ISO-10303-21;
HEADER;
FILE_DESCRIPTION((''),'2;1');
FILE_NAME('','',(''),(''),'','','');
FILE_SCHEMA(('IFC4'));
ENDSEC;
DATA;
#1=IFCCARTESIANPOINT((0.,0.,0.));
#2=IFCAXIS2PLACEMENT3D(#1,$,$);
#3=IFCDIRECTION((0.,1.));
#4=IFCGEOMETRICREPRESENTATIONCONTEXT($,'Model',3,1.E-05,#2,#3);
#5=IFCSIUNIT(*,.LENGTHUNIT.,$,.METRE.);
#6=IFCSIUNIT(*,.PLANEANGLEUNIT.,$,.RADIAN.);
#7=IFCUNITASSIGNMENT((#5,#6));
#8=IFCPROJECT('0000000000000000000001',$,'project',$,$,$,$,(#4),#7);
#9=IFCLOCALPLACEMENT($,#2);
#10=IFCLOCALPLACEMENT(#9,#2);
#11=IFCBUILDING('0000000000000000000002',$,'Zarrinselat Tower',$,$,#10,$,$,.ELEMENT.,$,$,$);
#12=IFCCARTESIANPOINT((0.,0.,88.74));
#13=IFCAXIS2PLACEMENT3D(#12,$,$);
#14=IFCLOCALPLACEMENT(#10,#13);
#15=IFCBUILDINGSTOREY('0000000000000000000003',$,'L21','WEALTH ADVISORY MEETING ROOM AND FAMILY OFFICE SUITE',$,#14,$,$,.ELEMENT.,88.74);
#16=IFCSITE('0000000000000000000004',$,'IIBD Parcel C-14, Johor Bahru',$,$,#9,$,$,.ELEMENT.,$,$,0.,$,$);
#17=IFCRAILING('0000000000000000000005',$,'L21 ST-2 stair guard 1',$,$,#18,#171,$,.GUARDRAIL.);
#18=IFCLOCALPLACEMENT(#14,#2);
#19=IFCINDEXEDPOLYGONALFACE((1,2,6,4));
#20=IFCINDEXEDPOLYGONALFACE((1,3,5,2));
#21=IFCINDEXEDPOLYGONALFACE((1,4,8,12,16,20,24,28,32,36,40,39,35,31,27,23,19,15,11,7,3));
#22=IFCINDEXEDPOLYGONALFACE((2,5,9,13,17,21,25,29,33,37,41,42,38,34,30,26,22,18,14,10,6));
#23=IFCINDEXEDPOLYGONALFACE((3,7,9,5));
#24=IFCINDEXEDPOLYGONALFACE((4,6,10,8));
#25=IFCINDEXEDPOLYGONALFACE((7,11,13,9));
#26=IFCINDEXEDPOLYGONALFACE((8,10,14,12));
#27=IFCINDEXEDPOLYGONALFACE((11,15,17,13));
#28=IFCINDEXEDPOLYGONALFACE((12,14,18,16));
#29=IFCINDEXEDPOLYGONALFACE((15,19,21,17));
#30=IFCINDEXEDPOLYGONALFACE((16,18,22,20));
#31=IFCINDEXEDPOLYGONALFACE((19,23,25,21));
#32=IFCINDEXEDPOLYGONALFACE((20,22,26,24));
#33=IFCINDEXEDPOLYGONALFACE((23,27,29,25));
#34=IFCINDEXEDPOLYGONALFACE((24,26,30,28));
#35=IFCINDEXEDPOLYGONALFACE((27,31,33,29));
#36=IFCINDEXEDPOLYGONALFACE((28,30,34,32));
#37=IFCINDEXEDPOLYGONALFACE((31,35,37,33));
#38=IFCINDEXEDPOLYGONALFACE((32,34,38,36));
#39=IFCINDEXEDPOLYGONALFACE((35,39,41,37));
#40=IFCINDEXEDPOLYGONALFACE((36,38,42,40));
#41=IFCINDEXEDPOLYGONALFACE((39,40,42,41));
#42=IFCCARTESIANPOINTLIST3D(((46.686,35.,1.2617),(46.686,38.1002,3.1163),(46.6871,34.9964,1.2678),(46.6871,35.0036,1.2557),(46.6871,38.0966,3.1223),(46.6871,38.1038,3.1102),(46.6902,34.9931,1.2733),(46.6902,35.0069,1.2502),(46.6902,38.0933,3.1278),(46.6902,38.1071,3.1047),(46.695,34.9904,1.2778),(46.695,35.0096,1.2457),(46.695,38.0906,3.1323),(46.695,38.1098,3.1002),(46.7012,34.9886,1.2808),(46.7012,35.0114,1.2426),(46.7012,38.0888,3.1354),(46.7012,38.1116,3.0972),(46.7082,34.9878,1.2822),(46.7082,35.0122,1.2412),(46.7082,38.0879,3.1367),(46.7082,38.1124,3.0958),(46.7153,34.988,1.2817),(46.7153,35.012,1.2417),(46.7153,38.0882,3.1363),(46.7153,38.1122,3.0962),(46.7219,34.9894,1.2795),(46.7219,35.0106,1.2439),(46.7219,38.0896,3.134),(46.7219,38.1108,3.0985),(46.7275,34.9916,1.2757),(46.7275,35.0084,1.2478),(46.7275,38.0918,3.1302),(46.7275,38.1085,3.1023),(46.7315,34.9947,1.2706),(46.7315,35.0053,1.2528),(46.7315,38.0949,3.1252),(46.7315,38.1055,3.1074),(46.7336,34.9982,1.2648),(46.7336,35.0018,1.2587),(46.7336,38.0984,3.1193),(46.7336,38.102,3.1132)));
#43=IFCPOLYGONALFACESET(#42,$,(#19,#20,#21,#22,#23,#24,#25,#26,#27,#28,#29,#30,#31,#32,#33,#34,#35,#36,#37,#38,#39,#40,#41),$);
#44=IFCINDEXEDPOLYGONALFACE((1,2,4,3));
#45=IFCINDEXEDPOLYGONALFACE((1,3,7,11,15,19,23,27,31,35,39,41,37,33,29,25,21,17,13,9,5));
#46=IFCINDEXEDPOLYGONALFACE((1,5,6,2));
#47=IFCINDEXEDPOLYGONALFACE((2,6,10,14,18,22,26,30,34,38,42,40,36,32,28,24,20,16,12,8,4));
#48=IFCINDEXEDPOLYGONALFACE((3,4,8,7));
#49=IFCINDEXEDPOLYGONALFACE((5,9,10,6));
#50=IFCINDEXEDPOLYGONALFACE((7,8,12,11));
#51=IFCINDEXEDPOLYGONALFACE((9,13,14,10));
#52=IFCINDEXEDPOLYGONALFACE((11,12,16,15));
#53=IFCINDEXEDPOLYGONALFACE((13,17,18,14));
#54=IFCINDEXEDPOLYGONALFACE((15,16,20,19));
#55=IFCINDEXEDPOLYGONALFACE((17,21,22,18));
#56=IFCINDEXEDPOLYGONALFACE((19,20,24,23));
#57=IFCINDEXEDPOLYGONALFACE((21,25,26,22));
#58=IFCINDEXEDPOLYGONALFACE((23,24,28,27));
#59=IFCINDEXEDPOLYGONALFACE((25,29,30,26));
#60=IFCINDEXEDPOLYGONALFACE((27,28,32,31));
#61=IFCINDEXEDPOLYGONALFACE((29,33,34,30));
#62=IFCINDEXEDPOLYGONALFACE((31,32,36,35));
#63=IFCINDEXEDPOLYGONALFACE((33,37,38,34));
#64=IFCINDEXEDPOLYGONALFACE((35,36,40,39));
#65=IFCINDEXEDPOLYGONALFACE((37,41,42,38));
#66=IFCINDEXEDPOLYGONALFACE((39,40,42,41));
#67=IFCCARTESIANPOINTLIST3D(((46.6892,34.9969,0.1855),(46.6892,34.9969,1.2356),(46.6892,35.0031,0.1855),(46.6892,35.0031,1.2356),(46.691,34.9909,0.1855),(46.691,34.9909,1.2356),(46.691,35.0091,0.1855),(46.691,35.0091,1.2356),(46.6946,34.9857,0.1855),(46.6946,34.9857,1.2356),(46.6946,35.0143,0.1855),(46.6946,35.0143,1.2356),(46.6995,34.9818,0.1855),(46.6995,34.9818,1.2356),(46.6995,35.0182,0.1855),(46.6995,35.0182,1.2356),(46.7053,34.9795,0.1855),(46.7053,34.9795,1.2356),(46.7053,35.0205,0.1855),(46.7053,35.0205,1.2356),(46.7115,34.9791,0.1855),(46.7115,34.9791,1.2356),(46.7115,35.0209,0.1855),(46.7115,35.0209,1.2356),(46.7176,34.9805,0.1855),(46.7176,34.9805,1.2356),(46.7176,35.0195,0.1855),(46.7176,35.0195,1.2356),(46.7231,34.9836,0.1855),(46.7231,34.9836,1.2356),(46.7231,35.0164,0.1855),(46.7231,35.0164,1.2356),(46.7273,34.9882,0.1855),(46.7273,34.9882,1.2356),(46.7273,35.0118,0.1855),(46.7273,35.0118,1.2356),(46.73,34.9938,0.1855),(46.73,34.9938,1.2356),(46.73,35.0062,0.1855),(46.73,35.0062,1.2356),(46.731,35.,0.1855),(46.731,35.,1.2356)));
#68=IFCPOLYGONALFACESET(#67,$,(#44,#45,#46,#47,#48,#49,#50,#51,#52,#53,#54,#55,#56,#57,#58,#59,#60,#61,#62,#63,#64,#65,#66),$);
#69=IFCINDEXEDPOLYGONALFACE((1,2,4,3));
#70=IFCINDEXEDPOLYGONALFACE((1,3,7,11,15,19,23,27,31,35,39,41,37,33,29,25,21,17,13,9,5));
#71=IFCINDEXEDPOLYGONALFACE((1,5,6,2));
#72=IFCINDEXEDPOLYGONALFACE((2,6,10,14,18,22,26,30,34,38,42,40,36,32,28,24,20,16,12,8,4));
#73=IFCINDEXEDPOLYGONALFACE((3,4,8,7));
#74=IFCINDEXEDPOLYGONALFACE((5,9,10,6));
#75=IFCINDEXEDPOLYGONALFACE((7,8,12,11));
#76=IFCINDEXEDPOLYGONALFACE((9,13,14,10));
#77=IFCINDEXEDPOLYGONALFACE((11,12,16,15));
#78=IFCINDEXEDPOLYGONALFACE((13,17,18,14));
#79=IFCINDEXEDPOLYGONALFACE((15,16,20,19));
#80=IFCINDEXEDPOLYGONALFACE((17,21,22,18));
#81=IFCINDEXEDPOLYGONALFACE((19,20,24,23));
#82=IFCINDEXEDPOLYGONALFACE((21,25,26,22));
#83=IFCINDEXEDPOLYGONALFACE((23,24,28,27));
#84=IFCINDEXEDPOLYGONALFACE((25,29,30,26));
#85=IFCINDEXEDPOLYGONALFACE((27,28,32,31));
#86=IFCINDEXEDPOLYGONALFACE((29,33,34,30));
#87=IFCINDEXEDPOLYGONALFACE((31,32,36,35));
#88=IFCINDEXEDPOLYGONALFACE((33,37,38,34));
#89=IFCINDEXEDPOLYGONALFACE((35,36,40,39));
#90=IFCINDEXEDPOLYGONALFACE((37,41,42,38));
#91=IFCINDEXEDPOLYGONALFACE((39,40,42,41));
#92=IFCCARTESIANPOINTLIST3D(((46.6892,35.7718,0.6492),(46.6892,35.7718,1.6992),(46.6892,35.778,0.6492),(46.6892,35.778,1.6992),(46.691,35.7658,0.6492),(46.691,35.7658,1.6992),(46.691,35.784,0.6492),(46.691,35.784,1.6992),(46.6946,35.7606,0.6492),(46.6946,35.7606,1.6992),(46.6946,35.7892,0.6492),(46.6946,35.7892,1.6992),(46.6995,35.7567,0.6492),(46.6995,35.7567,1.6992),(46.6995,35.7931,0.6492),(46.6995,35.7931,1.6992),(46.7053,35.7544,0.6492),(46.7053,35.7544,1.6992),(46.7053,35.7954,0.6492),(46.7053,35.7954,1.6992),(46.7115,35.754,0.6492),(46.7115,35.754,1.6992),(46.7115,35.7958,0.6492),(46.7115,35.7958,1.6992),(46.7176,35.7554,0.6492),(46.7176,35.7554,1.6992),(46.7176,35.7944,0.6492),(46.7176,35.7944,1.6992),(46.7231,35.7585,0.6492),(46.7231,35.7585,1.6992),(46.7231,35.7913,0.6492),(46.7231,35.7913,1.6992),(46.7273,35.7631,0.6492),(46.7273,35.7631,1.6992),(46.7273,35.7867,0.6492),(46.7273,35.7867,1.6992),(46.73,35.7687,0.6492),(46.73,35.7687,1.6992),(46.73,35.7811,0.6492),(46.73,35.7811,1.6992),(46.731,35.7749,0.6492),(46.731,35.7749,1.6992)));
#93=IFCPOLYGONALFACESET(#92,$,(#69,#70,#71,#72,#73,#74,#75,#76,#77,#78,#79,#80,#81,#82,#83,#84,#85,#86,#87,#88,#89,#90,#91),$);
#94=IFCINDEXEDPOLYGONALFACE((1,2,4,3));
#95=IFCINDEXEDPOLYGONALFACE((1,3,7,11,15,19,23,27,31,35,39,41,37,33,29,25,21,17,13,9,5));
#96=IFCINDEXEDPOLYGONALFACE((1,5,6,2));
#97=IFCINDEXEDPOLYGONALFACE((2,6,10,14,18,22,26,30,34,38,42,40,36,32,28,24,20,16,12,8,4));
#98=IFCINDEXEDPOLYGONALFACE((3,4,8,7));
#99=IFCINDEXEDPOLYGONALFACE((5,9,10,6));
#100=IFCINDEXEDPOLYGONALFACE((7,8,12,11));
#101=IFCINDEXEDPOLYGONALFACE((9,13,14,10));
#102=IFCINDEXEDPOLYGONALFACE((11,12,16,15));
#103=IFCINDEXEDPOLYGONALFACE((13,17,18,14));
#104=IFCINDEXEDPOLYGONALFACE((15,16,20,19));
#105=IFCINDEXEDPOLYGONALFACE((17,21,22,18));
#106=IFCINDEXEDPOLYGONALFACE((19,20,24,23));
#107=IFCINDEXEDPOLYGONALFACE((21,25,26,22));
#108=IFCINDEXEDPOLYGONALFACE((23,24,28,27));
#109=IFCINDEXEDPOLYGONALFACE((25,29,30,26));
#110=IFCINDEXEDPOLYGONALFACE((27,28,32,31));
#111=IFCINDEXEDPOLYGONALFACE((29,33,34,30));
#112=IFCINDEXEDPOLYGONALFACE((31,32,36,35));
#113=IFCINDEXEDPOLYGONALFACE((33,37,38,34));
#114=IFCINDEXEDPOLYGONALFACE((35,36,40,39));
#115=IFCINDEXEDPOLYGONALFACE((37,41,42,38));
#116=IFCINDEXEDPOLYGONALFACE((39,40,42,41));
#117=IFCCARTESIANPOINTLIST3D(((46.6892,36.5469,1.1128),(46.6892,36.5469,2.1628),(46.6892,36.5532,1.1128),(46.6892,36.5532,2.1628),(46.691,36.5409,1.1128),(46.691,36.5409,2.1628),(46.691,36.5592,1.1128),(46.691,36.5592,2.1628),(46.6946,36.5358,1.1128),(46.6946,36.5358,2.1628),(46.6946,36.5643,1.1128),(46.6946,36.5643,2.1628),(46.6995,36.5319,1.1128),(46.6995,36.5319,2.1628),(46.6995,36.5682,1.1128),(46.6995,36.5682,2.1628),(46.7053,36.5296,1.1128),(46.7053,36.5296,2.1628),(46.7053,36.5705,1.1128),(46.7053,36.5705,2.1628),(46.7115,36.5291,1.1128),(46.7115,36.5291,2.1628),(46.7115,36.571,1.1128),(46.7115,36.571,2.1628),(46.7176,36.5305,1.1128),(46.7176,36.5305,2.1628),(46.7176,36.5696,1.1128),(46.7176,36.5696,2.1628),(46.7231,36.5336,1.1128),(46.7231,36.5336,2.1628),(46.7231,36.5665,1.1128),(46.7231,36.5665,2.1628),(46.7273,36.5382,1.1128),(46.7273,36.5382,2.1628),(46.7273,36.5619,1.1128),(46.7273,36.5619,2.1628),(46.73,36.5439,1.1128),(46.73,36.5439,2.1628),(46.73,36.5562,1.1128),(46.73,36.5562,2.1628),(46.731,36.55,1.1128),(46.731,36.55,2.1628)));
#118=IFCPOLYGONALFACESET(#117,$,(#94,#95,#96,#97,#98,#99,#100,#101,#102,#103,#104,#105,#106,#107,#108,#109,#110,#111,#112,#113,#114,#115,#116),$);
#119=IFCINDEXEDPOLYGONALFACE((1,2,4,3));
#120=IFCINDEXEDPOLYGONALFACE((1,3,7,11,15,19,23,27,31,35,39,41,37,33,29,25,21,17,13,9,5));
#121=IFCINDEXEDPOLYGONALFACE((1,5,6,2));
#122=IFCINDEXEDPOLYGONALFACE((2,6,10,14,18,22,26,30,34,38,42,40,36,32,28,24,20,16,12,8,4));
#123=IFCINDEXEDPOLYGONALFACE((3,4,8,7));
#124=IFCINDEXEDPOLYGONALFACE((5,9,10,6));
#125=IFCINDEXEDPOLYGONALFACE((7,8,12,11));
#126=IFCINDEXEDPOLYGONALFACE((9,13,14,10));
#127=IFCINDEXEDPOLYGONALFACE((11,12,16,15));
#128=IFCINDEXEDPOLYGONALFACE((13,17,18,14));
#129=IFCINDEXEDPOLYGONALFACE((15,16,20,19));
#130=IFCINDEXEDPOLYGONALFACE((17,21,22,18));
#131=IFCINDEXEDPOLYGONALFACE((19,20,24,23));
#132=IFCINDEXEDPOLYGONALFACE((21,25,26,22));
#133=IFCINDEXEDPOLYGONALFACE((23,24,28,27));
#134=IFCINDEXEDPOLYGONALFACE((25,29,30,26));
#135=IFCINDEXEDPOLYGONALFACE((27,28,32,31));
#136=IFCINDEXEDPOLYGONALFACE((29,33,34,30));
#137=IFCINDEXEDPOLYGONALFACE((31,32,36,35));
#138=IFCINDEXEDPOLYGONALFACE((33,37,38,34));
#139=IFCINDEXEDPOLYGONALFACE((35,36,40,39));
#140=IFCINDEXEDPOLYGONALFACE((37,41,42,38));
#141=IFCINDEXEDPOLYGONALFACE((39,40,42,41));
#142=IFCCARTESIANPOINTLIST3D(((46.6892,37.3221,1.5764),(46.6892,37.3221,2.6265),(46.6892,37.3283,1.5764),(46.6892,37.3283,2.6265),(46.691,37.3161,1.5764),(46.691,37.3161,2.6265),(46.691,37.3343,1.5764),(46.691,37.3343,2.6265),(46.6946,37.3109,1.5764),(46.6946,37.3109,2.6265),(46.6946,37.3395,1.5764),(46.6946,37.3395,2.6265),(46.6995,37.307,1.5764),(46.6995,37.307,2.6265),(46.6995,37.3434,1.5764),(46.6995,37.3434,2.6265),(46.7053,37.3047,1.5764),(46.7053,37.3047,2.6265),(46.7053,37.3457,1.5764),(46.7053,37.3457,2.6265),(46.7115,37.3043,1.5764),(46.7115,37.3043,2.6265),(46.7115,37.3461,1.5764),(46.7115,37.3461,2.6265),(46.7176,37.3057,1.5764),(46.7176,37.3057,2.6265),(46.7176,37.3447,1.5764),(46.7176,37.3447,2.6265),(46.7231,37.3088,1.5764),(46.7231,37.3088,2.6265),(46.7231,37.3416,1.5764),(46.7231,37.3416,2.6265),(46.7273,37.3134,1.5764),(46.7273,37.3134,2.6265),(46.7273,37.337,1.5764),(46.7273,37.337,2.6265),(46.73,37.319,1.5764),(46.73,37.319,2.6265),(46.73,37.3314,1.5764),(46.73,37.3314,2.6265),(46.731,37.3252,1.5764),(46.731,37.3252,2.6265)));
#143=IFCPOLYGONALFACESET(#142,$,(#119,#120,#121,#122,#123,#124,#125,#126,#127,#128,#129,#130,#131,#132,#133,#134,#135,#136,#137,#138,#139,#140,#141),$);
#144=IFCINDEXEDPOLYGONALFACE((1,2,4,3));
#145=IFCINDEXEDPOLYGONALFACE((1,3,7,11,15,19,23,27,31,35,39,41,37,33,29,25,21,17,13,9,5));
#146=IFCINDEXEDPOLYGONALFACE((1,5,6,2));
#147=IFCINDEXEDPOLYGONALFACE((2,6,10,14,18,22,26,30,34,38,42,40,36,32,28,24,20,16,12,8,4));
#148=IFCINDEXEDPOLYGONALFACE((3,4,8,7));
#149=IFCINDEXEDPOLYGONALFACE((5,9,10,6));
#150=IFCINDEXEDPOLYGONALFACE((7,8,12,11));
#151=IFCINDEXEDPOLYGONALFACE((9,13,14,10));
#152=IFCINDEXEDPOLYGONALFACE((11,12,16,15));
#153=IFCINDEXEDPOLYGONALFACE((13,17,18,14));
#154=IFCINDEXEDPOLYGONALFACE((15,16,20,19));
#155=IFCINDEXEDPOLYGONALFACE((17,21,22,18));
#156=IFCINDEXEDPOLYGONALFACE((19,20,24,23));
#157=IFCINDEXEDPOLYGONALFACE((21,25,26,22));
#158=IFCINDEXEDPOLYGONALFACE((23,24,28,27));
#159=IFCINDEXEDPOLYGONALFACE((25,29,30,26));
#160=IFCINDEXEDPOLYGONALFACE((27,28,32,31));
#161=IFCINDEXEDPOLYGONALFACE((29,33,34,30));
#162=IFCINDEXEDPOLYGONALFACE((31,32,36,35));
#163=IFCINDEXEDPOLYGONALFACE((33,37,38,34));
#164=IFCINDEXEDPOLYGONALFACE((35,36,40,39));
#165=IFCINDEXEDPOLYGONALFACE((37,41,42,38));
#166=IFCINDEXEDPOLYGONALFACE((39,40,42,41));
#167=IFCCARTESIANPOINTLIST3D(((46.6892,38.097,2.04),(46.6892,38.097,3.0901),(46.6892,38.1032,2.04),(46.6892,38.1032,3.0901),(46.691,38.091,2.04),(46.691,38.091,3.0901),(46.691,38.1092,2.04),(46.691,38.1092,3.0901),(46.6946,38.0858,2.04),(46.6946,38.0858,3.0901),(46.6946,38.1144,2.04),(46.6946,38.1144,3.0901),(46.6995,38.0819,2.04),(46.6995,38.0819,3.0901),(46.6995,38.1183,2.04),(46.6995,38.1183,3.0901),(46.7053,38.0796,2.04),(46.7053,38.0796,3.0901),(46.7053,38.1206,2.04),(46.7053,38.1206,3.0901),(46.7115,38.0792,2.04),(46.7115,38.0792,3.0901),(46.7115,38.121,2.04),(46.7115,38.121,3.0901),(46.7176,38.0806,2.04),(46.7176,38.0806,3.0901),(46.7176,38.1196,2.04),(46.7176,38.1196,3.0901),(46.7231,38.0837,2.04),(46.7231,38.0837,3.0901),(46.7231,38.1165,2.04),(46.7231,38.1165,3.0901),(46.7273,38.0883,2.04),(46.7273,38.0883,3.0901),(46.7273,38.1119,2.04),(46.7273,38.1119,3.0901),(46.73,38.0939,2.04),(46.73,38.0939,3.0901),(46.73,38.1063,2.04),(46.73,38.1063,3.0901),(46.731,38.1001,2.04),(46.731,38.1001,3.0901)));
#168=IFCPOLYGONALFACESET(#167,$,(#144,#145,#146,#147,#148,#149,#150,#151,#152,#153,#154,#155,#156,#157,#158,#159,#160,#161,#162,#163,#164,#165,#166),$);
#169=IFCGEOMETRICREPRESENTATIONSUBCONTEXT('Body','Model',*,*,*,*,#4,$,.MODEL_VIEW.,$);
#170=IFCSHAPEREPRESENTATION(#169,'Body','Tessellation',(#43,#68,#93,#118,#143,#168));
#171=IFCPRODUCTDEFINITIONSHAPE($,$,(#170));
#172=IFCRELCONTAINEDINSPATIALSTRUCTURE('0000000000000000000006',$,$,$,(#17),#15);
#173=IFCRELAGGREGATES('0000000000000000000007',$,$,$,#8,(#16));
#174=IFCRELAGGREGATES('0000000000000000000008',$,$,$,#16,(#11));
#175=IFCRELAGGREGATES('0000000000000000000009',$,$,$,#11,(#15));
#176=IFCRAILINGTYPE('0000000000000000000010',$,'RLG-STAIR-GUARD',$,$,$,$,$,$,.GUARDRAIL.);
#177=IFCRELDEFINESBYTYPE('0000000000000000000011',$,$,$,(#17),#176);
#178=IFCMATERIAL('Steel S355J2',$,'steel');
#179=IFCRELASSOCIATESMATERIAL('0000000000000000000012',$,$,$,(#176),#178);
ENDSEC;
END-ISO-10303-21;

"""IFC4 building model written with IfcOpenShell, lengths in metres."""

from ifc_helpers import new_model, si_unit, direction, frame, origin, origin_2d, place, context, subcontext, project, spatial, circle, extrude, material, type_object, element, save


model = new_model("IFC4")

# Units and contexts
model_context = context("Model", 3, precision=1e-05, world=origin(), true_north=direction((0.0, 1.0)))
body_context = subcontext(model_context, "Body", "Model", "MODEL_VIEW")
ifc_project = project(units=[si_unit("LENGTHUNIT", "METRE"), si_unit("PLANEANGLEUNIT", "RADIAN")], contexts=[model_context])

# Site, building, storey
site_placement = place(None, origin())
site = spatial("IfcSite", under=ifc_project, at=site_placement, Name="IIBD Parcel C-14, Johor Bahru", CompositionType="ELEMENT", RefElevation=0.0)
building_placement = place(site_placement, origin())
building = spatial("IfcBuilding", under=site, at=building_placement, Name="Zarrinselat Tower", CompositionType="ELEMENT")
storey_placement = place(building_placement, frame((0.0, 0.0, 88.74)))
storey = spatial("IfcBuildingStorey", under=building, at=storey_placement, Name="L21", Description="WEALTH ADVISORY MEETING ROOM AND FAMILY OFFICE SUITE", CompositionType="ELEMENT", Elevation=88.74)

# Railing
ifc_material_1 = material(Name="Steel S355J2", Category="steel")
railing_type_1 = type_object("IfcRailingType", Name="RLG-STAIR-GUARD", PredefinedType="GUARDRAIL", material=ifc_material_1)
railing_1_placement = place(storey_placement, frame((46.71, 35.0, 0.1855)))
element("IfcRailing", 1, at=railing_1_placement, inside=storey, type_object=railing_type_1, Name="L21 ST-2 stair guard 1", PredefinedType="GUARDRAIL", context=body_context, shape_type="SweptSolid", body=[
    extrude(circle(Radius=0.0239, at=origin_2d()), frame((0.0, 0.0, 1.0762), z_axis=(0.0, 0.858172, 0.513362), x_axis=(-1.0, 0.0, 0.0)), (0.0, 0.0, 1.0), 3.6125),
    extrude(circle(Radius=0.021, at=origin_2d()), origin(), (0.0, 0.0, 1.0), 1.05),
    extrude(circle(Radius=0.021, at=origin_2d()), frame((0.0, 0.7749, 0.4636)), (0.0, 0.0, 1.0), 1.05),
    extrude(circle(Radius=0.021, at=origin_2d()), frame((0.0, 1.55, 0.9272)), (0.0, 0.0, 1.0), 1.05),
    extrude(circle(Radius=0.021, at=origin_2d()), frame((0.0, 2.3252, 1.3909)), (0.0, 0.0, 1.0), 1.05),
    extrude(circle(Radius=0.021, at=origin_2d()), frame((0.0, 3.1001, 1.8545)), (0.0, 0.0, 1.0), 1.05),
])

save(model, "model.ifc")
